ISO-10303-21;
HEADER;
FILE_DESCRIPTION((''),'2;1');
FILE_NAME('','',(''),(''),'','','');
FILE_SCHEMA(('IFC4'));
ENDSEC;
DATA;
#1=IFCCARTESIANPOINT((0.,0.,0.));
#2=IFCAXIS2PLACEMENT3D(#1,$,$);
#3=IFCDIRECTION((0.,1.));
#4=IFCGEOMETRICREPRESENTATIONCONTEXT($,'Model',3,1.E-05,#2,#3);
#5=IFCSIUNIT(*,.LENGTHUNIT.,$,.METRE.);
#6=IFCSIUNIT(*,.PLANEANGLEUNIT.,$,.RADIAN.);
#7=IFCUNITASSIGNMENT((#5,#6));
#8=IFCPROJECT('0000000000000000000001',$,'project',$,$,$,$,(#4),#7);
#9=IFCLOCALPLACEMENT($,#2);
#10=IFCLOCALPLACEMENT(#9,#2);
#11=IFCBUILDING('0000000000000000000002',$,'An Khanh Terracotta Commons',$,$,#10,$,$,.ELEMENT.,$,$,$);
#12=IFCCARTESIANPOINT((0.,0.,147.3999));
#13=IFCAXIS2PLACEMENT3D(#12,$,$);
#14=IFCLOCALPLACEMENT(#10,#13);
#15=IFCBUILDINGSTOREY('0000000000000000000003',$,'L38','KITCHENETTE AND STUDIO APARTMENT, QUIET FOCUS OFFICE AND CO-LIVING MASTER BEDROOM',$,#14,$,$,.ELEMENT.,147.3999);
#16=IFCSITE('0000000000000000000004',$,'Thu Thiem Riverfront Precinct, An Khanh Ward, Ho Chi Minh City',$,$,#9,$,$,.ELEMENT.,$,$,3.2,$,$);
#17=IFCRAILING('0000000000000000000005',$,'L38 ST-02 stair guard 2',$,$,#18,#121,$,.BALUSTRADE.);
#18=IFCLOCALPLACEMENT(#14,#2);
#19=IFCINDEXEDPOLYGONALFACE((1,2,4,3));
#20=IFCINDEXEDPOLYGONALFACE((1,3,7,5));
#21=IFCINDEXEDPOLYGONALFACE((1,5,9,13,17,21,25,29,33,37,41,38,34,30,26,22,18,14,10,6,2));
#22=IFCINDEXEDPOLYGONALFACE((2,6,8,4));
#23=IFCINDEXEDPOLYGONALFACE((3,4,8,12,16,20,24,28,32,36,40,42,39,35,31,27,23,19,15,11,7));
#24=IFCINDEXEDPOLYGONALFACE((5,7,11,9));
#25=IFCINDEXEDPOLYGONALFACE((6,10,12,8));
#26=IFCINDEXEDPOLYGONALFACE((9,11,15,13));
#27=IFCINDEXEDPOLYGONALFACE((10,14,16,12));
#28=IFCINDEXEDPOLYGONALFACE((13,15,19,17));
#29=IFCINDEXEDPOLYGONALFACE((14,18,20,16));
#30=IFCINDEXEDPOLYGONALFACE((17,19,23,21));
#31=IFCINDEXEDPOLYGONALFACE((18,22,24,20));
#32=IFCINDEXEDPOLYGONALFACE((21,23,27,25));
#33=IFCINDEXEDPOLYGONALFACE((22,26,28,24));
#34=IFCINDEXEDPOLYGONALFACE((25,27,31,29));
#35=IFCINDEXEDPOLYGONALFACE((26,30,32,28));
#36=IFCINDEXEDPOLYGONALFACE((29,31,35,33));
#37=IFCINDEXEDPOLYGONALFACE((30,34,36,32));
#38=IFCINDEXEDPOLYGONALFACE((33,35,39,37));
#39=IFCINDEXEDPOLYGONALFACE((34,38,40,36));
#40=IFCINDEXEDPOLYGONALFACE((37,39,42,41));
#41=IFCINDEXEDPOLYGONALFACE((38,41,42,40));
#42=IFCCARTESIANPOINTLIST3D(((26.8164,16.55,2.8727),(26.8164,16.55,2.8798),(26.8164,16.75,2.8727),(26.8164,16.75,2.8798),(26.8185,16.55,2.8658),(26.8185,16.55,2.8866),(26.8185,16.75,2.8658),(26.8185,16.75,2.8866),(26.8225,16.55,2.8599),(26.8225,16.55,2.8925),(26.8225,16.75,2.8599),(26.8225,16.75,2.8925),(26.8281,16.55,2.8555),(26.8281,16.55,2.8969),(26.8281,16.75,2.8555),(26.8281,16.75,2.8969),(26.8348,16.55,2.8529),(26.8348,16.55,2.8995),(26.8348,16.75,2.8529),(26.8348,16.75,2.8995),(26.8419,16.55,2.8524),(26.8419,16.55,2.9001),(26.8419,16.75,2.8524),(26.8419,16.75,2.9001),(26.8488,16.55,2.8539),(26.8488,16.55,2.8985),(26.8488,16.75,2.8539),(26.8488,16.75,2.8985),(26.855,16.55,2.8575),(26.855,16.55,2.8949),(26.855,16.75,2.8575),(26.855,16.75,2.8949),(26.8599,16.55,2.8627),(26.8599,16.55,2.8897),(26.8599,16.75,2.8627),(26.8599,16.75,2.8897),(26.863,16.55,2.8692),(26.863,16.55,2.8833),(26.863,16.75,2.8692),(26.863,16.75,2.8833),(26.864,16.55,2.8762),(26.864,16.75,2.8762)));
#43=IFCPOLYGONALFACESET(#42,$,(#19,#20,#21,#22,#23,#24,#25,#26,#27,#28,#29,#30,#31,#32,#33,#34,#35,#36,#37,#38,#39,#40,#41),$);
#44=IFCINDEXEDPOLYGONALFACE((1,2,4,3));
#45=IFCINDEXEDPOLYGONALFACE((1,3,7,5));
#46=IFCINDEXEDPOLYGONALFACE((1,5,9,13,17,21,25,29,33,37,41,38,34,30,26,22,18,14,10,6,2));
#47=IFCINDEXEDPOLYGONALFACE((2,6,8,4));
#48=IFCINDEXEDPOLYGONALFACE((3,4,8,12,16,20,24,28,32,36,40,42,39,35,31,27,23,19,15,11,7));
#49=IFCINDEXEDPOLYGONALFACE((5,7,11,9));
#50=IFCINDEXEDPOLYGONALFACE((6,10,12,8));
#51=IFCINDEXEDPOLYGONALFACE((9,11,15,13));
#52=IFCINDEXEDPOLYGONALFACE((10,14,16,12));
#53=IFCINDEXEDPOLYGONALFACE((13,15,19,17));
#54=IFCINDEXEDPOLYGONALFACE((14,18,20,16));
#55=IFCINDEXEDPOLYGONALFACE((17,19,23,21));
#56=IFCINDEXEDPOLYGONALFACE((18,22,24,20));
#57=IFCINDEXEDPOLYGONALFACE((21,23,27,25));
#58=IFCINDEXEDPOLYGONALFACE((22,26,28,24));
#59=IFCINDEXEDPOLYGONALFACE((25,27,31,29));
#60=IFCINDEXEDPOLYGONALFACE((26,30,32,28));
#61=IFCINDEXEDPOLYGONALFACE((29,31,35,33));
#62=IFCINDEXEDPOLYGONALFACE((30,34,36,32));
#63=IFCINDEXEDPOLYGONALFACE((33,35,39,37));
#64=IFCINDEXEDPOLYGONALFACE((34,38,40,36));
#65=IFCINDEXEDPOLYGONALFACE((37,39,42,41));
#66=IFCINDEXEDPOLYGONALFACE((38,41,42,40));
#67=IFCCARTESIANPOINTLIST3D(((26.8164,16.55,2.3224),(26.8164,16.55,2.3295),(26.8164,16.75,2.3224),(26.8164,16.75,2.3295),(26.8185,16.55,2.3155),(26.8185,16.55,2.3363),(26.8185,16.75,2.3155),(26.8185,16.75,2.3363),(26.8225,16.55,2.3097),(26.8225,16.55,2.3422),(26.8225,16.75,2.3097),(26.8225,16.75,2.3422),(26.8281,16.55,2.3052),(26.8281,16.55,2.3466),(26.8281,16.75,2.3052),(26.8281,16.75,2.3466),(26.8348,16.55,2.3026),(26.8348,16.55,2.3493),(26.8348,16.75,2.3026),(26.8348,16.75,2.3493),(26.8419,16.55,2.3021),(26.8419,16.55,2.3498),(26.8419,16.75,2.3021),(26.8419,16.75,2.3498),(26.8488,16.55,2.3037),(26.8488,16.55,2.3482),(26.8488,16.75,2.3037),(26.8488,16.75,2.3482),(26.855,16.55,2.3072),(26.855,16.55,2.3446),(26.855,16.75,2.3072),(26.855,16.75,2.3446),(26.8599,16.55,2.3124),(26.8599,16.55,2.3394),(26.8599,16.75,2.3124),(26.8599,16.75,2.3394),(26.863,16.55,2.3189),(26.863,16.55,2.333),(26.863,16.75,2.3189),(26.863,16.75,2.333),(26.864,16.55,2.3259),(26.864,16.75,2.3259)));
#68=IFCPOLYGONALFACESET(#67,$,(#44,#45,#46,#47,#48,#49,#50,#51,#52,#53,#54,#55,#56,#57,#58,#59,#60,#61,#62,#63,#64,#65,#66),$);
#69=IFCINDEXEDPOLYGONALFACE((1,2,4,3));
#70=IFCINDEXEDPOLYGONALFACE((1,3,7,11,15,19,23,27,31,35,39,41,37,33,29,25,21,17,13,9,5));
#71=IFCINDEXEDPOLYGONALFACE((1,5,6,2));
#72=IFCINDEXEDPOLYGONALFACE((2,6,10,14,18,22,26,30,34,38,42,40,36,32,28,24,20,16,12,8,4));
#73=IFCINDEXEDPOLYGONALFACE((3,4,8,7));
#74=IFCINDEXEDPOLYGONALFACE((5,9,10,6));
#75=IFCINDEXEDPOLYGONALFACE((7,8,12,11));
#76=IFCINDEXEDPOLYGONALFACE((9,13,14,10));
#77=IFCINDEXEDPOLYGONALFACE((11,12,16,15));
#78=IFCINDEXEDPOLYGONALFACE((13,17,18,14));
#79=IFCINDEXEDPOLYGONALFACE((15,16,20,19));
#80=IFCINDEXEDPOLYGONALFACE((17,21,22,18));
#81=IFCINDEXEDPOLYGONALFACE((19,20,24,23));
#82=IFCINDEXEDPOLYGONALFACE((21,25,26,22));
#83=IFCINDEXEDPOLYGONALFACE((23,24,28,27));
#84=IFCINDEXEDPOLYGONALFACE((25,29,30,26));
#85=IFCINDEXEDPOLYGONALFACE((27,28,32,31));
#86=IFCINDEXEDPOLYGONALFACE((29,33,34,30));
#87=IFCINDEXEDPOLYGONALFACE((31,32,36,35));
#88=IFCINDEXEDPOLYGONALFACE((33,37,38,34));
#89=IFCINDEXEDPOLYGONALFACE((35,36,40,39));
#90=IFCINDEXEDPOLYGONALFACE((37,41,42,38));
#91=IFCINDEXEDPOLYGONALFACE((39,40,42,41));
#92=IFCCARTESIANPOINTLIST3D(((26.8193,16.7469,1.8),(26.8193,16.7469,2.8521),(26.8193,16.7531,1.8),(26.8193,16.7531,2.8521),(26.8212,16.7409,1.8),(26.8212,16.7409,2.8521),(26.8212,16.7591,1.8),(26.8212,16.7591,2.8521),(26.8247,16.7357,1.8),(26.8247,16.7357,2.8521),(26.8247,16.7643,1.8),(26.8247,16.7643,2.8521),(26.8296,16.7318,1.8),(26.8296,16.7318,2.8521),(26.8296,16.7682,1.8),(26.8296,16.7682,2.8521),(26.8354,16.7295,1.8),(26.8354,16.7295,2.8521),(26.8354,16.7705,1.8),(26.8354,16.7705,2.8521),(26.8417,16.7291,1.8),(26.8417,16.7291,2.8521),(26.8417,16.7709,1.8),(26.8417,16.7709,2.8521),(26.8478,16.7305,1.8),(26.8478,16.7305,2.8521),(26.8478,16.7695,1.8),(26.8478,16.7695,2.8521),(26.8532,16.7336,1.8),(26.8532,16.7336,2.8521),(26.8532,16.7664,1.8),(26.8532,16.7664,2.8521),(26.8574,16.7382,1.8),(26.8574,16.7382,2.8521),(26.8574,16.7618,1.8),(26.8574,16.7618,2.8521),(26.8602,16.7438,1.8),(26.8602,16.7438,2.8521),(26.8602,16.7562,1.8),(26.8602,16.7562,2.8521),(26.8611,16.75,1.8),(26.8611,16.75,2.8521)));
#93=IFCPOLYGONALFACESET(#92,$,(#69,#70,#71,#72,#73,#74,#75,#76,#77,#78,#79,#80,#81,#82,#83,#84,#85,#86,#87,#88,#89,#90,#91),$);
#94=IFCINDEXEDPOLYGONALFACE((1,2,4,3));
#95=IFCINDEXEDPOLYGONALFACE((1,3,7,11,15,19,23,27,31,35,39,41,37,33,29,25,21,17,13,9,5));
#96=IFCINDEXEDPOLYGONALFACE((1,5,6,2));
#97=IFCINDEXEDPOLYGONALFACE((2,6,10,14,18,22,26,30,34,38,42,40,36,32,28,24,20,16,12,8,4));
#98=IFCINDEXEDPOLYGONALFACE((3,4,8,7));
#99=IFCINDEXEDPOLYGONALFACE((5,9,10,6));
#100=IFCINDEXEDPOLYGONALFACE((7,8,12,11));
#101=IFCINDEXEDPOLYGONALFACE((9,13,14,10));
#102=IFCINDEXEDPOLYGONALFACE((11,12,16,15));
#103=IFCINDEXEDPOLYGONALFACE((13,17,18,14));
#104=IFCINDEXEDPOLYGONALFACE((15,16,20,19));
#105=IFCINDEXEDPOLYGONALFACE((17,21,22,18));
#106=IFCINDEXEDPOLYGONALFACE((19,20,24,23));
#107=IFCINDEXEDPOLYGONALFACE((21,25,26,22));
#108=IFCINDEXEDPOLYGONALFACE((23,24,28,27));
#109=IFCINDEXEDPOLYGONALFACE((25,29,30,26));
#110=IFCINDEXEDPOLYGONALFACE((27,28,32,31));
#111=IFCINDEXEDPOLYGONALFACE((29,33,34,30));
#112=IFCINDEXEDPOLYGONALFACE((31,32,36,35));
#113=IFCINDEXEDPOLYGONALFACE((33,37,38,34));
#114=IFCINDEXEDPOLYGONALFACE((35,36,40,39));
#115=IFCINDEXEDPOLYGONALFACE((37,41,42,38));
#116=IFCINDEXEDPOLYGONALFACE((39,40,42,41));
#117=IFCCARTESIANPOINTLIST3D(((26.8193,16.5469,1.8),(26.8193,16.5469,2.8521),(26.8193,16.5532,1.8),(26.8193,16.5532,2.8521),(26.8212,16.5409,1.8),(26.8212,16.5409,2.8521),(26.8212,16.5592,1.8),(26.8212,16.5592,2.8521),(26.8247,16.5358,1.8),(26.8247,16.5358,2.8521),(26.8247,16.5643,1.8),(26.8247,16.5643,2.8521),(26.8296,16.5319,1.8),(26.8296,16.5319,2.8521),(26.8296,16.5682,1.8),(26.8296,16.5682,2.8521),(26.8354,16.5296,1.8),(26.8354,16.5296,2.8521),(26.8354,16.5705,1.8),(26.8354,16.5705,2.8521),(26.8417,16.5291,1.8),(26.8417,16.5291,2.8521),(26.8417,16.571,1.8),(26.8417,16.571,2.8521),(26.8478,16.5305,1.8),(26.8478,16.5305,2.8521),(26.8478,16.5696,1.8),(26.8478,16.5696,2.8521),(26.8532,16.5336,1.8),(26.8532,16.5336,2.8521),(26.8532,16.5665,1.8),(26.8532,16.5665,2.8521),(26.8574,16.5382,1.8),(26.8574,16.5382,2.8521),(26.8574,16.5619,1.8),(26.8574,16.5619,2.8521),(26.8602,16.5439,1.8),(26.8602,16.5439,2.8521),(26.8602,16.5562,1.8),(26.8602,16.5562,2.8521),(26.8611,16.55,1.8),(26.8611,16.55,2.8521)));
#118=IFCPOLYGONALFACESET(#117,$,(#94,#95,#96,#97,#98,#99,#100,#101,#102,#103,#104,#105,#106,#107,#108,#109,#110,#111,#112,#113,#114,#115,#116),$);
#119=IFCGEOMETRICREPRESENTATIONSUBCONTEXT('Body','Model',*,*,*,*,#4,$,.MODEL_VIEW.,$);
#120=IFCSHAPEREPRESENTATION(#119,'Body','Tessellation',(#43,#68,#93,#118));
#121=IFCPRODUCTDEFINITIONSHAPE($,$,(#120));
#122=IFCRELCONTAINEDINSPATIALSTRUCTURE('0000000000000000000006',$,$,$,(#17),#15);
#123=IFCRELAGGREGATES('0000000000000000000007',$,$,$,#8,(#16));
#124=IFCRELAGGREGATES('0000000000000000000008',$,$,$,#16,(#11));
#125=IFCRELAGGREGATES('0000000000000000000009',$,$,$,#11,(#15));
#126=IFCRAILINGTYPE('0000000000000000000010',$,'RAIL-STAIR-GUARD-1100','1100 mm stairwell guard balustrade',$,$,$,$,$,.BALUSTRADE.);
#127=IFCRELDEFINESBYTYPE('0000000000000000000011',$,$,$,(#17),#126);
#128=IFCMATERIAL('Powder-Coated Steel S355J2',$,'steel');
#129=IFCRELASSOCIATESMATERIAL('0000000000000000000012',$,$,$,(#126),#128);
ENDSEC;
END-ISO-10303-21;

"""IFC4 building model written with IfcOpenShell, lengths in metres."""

from ifc_helpers import new_model, si_unit, direction, frame, origin, origin_2d, place, context, subcontext, project, spatial, circle, extrude, material, type_object, element, save


model = new_model("IFC4")

# Units and contexts
model_context = context("Model", 3, precision=1e-05, world=origin(), true_north=direction((0.0, 1.0)))
body_context = subcontext(model_context, "Body", "Model", "MODEL_VIEW")
ifc_project = project(units=[si_unit("LENGTHUNIT", "METRE"), si_unit("PLANEANGLEUNIT", "RADIAN")], contexts=[model_context])

# Site, building, storey
site_placement = place(None, origin())
site = spatial("IfcSite", under=ifc_project, at=site_placement, Name="Thu Thiem Riverfront Precinct, An Khanh Ward, Ho Chi Minh City", CompositionType="ELEMENT", RefElevation=3.2)
building_placement = place(site_placement, origin())
building = spatial("IfcBuilding", under=site, at=building_placement, Name="An Khanh Terracotta Commons", CompositionType="ELEMENT")
storey_placement = place(building_placement, frame((0.0, 0.0, 147.3999)))
storey = spatial("IfcBuildingStorey", under=building, at=storey_placement, Name="L38", Description="KITCHENETTE AND STUDIO APARTMENT, QUIET FOCUS OFFICE AND CO-LIVING MASTER BEDROOM", CompositionType="ELEMENT", Elevation=147.3999)

# Railing
ifc_material_1 = material(Name="Powder-Coated Steel S355J2", Category="steel")
railing_type_1 = type_object("IfcRailingType", Name="RAIL-STAIR-GUARD-1100", Description="1100 mm stairwell guard balustrade", PredefinedType="BALUSTRADE", material=ifc_material_1)
railing_1_placement = place(storey_placement, frame((26.8401, 16.75, 1.8)))
element("IfcRailing", 1, at=railing_1_placement, inside=storey, type_object=railing_type_1, Name="L38 ST-02 stair guard 2", PredefinedType="BALUSTRADE", context=body_context, shape_type="SweptSolid", body=[
    extrude(circle(Radius=0.0239, at=origin_2d()), frame((0.0, 0.0, 1.0762), z_axis=(0.0, -1.0, 0.0), x_axis=(1.0, 0.0, 0.0)), (0.0, 0.0, 1.0), 0.2),
    extrude(circle(Radius=0.0239, at=origin_2d()), frame((0.0, 0.0, 0.5259), z_axis=(0.0, -1.0, 0.0), x_axis=(1.0, 0.0, 0.0)), (0.0, 0.0, 1.0), 0.2),
    extrude(circle(Radius=0.021, at=origin_2d()), origin(), (0.0, 0.0, 1.0), 1.052),
    extrude(circle(Radius=0.021, at=origin_2d()), frame((0.0, -0.2, 0.0)), (0.0, 0.0, 1.0), 1.052),
])

save(model, "model.ifc")
